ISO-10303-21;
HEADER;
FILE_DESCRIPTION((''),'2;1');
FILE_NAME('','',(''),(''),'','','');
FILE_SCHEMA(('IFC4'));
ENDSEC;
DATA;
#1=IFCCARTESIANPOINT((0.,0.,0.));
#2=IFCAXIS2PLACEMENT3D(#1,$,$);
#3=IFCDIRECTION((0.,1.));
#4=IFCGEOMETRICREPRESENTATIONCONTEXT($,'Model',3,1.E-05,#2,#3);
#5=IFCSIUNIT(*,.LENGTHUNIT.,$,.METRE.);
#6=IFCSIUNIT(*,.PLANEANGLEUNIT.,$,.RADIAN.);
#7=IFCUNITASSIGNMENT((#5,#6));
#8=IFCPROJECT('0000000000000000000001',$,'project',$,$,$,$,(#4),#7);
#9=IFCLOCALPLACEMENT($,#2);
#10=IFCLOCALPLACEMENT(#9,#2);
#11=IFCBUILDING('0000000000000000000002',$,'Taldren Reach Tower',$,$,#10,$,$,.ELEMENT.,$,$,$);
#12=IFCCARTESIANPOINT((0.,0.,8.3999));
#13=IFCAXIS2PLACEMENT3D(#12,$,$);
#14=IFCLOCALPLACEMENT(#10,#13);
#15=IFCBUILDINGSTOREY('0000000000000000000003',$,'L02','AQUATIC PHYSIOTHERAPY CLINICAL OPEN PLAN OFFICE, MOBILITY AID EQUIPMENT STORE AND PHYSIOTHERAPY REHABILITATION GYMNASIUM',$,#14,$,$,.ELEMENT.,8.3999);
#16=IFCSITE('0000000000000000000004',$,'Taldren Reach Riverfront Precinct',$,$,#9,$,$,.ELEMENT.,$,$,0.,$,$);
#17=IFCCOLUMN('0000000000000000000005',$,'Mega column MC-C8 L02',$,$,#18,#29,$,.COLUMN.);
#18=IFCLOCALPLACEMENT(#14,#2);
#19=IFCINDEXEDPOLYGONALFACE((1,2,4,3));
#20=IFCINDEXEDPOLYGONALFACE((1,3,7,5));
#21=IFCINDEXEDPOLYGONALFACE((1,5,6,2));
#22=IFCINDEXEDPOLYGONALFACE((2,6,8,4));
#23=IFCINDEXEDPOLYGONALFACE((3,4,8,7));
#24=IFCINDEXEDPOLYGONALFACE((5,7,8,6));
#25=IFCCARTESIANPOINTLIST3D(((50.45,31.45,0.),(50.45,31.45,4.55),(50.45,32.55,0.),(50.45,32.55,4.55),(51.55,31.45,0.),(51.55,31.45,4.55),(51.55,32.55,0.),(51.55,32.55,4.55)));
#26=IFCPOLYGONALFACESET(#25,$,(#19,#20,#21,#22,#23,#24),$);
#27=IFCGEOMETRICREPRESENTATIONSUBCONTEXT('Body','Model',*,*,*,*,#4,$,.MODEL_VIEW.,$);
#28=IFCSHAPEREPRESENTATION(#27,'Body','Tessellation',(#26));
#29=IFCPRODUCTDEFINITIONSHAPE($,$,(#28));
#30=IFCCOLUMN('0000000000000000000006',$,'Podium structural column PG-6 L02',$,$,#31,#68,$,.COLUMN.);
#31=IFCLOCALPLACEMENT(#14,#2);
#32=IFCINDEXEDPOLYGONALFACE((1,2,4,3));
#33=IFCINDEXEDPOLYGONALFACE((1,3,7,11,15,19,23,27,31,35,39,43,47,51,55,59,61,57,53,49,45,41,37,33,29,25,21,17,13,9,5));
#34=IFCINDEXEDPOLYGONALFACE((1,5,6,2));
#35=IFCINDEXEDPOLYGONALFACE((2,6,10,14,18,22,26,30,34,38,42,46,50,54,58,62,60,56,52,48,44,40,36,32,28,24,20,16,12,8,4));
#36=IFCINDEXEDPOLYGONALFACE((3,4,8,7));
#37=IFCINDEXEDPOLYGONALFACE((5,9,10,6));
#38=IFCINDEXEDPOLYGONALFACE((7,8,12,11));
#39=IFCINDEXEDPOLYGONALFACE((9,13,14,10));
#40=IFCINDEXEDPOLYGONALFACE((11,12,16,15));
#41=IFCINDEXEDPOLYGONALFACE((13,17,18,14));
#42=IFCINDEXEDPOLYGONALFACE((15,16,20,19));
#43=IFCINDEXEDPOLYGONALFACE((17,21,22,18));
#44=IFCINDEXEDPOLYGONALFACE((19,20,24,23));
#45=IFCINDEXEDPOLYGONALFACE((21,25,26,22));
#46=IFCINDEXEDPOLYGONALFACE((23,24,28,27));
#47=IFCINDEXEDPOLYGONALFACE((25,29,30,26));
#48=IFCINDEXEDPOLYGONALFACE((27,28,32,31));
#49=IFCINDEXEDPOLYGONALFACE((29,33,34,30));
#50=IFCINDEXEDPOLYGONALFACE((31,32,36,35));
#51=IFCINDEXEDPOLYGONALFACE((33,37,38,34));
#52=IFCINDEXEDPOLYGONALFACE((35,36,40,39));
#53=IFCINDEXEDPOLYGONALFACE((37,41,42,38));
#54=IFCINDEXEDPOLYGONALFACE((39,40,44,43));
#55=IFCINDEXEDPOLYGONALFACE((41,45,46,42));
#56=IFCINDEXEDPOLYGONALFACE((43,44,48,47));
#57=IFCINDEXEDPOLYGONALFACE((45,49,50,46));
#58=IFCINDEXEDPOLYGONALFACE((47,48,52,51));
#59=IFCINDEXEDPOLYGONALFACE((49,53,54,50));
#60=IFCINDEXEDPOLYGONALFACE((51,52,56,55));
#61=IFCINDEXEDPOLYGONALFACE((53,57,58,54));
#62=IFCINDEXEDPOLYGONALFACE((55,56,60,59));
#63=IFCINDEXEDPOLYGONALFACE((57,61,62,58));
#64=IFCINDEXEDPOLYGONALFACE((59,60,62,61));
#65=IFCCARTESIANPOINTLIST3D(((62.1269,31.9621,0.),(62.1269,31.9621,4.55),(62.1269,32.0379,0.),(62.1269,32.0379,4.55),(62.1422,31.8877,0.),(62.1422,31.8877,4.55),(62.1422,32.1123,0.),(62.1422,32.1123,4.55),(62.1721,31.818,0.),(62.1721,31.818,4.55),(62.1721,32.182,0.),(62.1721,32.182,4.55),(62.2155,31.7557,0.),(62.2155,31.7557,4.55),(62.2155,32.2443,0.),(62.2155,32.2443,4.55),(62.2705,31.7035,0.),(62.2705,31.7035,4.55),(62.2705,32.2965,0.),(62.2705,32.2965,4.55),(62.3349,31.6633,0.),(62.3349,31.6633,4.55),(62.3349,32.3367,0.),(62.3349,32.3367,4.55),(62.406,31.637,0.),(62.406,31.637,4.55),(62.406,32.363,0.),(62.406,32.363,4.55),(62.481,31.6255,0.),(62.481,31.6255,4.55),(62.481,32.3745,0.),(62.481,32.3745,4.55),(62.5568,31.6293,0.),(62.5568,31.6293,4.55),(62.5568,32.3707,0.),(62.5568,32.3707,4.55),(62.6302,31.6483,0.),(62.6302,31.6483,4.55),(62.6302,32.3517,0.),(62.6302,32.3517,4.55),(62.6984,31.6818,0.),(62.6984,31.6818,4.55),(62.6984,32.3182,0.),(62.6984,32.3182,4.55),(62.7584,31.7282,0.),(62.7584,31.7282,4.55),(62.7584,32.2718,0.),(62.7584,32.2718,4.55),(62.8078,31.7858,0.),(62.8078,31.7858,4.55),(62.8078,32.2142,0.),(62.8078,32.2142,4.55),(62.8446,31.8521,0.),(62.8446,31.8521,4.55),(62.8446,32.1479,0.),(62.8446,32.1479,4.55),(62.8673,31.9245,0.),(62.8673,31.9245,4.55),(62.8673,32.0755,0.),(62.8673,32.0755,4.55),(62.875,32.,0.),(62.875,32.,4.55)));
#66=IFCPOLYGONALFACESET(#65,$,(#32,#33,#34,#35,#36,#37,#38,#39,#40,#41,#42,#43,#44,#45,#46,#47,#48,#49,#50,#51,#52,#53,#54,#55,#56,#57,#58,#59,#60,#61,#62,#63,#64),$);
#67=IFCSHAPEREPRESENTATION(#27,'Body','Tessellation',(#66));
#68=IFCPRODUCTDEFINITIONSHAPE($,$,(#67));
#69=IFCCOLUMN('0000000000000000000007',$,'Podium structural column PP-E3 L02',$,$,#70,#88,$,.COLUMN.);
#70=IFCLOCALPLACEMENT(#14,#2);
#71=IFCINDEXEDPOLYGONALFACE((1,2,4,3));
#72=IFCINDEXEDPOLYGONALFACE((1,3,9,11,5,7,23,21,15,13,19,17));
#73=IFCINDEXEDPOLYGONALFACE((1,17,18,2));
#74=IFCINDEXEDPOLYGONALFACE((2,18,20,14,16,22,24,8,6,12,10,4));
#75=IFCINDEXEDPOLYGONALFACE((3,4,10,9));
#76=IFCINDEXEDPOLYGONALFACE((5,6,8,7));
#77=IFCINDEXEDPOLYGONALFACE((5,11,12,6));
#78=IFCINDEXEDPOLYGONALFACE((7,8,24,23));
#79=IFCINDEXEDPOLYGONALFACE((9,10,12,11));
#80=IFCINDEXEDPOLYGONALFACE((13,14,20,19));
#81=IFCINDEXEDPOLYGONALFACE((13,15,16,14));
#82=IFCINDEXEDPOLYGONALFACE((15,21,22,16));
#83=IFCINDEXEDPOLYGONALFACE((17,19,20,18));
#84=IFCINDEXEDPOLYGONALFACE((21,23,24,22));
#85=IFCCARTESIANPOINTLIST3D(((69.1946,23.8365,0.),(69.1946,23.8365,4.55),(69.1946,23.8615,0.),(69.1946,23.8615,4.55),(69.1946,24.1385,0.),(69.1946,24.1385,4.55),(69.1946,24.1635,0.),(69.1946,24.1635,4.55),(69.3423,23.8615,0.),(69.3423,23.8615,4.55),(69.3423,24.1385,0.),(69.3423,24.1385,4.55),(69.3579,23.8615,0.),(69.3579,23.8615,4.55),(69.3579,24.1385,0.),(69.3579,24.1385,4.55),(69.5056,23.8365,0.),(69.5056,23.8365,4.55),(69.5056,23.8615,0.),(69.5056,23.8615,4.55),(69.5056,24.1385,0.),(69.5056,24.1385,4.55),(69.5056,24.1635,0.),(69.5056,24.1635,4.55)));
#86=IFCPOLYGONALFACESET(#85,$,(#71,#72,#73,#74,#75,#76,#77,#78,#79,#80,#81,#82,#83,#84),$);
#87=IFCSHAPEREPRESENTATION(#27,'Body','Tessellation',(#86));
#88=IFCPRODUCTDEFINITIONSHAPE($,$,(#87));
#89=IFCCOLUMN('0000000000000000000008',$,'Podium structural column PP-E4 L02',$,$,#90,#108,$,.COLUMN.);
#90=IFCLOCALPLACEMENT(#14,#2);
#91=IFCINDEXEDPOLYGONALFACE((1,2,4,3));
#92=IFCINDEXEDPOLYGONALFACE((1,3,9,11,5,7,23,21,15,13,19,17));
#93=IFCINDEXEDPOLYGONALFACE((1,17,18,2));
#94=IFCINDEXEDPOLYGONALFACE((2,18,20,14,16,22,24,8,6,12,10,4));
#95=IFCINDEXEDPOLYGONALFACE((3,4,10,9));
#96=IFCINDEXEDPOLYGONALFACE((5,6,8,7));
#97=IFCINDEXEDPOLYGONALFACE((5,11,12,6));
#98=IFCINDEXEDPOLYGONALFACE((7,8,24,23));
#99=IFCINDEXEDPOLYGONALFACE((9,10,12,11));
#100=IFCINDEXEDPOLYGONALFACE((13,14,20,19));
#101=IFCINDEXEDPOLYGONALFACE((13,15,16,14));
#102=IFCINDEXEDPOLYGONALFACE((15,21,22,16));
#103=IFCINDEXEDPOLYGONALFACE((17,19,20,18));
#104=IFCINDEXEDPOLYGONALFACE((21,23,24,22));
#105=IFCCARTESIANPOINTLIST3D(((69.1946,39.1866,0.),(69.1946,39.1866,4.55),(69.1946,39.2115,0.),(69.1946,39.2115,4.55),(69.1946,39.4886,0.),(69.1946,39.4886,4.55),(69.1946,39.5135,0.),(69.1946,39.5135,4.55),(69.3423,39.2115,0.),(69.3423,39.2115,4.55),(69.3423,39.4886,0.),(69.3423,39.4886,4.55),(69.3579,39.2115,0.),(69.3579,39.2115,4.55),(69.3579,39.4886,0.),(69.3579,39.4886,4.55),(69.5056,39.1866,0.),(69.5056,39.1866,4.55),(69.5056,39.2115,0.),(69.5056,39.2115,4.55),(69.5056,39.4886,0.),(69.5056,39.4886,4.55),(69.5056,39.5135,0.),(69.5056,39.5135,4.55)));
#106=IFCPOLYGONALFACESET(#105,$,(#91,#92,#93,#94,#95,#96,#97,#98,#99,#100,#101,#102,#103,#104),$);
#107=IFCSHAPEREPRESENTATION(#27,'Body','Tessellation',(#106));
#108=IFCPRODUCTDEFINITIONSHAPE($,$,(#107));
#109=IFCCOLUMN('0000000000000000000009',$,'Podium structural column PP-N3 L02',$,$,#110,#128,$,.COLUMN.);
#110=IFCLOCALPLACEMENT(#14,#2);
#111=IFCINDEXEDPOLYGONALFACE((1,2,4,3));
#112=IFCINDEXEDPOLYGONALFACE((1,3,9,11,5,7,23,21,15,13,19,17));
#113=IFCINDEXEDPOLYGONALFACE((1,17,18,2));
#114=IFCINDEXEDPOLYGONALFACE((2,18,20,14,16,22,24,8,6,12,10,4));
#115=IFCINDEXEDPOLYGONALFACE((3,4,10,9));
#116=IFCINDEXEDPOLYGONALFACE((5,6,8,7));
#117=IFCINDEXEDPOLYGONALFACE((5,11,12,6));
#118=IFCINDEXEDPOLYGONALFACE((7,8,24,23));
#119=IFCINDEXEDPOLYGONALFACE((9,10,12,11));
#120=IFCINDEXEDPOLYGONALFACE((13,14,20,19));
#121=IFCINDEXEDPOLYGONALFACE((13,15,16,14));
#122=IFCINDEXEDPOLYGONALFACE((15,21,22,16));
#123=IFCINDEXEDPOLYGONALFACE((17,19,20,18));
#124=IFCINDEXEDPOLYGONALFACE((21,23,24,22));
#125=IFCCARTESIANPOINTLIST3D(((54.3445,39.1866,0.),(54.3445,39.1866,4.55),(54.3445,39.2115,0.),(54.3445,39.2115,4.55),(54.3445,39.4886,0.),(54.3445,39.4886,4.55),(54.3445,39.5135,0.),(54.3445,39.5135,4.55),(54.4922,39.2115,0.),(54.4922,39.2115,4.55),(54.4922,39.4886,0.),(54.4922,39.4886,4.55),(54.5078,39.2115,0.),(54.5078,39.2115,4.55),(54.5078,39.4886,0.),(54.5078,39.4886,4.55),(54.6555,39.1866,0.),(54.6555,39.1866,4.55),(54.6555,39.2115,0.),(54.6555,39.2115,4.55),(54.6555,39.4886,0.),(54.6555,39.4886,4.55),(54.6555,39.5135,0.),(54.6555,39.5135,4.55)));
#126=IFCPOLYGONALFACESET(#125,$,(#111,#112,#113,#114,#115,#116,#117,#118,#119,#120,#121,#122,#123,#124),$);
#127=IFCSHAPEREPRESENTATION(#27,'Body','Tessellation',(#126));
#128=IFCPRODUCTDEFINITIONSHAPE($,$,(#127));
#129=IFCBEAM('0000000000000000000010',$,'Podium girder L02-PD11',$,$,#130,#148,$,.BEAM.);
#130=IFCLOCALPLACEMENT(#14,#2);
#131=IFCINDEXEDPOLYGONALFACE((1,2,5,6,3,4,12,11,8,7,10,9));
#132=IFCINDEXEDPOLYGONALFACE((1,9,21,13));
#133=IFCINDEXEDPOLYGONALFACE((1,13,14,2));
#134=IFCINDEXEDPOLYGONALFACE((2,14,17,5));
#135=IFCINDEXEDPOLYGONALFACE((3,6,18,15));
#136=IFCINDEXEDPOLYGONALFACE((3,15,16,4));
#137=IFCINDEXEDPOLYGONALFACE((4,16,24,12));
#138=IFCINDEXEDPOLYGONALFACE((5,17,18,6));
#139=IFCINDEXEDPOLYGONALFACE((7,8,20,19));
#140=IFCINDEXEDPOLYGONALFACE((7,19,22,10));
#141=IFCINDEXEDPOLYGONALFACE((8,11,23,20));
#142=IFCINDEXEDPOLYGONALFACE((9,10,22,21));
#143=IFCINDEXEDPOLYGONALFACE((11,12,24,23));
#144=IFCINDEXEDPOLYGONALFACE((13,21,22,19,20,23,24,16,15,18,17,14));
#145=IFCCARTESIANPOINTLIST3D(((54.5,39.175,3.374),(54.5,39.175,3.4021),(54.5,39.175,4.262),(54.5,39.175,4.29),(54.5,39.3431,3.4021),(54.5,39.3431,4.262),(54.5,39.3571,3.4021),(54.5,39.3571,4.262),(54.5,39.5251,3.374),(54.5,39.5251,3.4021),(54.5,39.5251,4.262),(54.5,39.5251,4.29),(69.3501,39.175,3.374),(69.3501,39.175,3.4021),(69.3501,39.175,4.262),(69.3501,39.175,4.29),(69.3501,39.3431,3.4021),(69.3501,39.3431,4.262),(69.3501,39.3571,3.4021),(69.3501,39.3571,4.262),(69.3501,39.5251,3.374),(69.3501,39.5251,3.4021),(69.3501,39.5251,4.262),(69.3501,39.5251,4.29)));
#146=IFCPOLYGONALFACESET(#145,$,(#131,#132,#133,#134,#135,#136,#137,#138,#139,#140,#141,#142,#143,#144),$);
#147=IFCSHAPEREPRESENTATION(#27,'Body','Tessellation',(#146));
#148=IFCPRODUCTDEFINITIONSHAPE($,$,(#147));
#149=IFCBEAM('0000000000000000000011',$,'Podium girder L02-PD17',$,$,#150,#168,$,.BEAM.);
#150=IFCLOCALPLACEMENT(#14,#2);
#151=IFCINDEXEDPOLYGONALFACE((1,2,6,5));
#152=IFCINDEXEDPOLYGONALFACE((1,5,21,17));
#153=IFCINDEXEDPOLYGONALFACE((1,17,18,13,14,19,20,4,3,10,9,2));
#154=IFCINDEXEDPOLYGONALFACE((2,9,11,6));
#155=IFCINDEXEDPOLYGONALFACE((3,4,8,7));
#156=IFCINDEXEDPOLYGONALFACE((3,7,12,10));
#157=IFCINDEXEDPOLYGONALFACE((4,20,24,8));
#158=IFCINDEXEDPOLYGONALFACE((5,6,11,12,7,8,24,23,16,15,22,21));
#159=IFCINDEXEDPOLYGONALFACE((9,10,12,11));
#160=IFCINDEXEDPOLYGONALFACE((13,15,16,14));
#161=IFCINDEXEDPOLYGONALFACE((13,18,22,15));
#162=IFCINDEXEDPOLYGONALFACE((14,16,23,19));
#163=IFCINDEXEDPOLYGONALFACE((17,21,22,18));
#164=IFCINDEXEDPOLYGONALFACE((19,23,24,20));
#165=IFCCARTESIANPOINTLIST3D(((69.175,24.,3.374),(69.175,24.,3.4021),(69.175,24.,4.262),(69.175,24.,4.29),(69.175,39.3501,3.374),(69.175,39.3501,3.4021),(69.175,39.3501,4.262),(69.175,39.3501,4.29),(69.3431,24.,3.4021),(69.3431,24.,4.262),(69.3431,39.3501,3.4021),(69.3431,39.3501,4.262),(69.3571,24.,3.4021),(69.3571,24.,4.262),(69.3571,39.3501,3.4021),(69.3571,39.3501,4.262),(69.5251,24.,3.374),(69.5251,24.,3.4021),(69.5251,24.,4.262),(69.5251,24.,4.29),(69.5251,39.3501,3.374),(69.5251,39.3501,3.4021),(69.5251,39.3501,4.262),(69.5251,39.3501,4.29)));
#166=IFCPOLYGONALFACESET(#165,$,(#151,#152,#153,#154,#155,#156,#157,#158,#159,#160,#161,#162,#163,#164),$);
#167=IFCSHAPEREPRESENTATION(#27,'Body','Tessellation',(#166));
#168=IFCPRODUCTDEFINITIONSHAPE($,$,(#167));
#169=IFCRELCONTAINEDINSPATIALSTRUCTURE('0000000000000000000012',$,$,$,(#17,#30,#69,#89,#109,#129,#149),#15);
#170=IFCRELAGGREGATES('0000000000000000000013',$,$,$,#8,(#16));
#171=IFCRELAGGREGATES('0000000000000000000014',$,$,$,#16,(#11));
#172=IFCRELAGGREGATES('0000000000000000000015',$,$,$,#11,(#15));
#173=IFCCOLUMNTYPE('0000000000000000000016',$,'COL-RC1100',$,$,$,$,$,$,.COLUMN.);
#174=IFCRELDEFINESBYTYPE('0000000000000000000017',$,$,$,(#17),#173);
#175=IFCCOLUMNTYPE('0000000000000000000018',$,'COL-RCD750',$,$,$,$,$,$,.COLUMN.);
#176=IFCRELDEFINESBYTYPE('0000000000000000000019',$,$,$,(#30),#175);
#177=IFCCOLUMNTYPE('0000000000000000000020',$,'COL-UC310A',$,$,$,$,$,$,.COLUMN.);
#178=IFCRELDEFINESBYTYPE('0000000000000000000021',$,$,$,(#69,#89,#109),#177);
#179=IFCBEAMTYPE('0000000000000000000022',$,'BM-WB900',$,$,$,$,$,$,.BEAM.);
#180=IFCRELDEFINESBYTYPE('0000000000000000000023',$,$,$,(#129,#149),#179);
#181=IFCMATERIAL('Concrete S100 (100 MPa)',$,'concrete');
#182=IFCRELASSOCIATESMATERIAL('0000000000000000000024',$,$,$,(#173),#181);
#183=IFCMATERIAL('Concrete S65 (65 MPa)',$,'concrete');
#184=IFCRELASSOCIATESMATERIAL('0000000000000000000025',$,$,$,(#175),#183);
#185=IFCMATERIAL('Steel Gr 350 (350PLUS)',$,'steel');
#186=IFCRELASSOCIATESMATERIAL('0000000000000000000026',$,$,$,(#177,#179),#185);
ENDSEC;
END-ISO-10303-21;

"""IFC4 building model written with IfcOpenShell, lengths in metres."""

from ifc_helpers import new_model, si_unit, direction, frame, origin, origin_2d, place, context, subcontext, project, spatial, rectangle, circle, i_section, extrude, source, transform, mapped, material, material_profile, profile_set, type_object, element, save


model = new_model("IFC4")

# Units and contexts
model_context = context("Model", 3, precision=1e-05, world=origin(), true_north=direction((0.0, 1.0)))
body_context = subcontext(model_context, "Body", "Model", "MODEL_VIEW")
ifc_project = project(units=[si_unit("LENGTHUNIT", "METRE"), si_unit("PLANEANGLEUNIT", "RADIAN")], contexts=[model_context])

# Site, building, storey
site_placement = place(None, origin())
site = spatial("IfcSite", under=ifc_project, at=site_placement, Name="Taldren Reach Riverfront Precinct", CompositionType="ELEMENT", RefElevation=0.0)
building_placement = place(site_placement, origin())
building = spatial("IfcBuilding", under=site, at=building_placement, Name="Taldren Reach Tower", CompositionType="ELEMENT")
storey_placement = place(building_placement, frame((0.0, 0.0, 8.3999)))
storey = spatial("IfcBuildingStorey", under=building, at=storey_placement, Name="L02", Description="AQUATIC PHYSIOTHERAPY CLINICAL OPEN PLAN OFFICE, MOBILITY AID EQUIPMENT STORE AND PHYSIOTHERAPY REHABILITATION GYMNASIUM", CompositionType="ELEMENT", Elevation=8.3999)

# Columns
ifc_material_1 = material(Name="Concrete S100 (100 MPa)", Category="concrete")
ifc_material_profile_1 = material_profile(ifc_material_1, rectangle(XDim=1.1001, YDim=1.1001, at=origin_2d()), Name="RC-1100x1100")
ifc_profile_set_1 = profile_set([ifc_material_profile_1], Name="Concrete S100 (100 MPa)")
column_type_1 = type_object("IfcColumnType", Name="COL-RC1100", PredefinedType="COLUMN", material=ifc_profile_set_1)
shared_shape_1 = source(origin(), body_context, "Body", "SweptSolid", [
    extrude(rectangle(XDim=1.1001, YDim=1.1001, at=origin_2d()), origin(), (0.0, 0.0, 1.0), 4.55),
])
column_1_placement = place(storey_placement, frame((51.0, 32.0, 0.0), z_axis=(0.0, 0.0, 1.0), x_axis=(1.0, 0.0, 0.0)))
element("IfcColumn", 1, at=column_1_placement, inside=storey, type_object=column_type_1, Name="Mega column MC-C8 L02", PredefinedType="COLUMN", context=body_context, shape_type="MappedRepresentation", body=[
    mapped(shared_shape_1, transform((0.0, 0.0, 0.0), scale=1.0)),
])
ifc_material_2 = material(Name="Concrete S65 (65 MPa)", Category="concrete")
ifc_material_profile_2 = material_profile(ifc_material_2, circle(Radius=0.375, at=origin_2d()), Name="RC-750D")
ifc_profile_set_2 = profile_set([ifc_material_profile_2], Name="Concrete S65 (65 MPa)")
column_type_2 = type_object("IfcColumnType", Name="COL-RCD750", PredefinedType="COLUMN", material=ifc_profile_set_2)
shared_shape_2 = source(origin(), body_context, "Body", "SweptSolid", [
    extrude(circle(Radius=0.375, at=origin_2d()), origin(), (0.0, 0.0, 1.0), 4.55),
])
column_2_placement = place(storey_placement, frame((62.5, 32.0, 0.0), z_axis=(0.0, 0.0, 1.0), x_axis=(1.0, 0.0, 0.0)))
element("IfcColumn", 2, at=column_2_placement, inside=storey, type_object=column_type_2, Name="Podium structural column PG-6 L02", PredefinedType="COLUMN", context=body_context, shape_type="MappedRepresentation", body=[
    mapped(shared_shape_2, transform((0.0, 0.0, 0.0), scale=1.0)),
])
ifc_material_3 = material(Name="Steel Gr 350 (350PLUS)", Category="steel")
ifc_material_profile_3 = material_profile(ifc_material_3, i_section(OverallWidth=0.311, OverallDepth=0.3269, WebThickness=0.0156, FlangeThickness=0.0249, at=origin_2d()), Name="310UC158")
ifc_profile_set_3 = profile_set([ifc_material_profile_3], Name="Steel Gr 350 (350PLUS)")
column_type_3 = type_object("IfcColumnType", Name="COL-UC310A", PredefinedType="COLUMN", material=ifc_profile_set_3)
shared_shape_3 = source(origin(), body_context, "Body", "SweptSolid", [
    extrude(i_section(OverallWidth=0.311, OverallDepth=0.3269, WebThickness=0.0156, FlangeThickness=0.0249, at=origin_2d()), origin(), (0.0, 0.0, 1.0), 4.55),
])
for number, where, z_axis, x_axis, name in (
    (3, (69.3501, 24.0, 0.0), (0.0, 0.0, 1.0), (1.0, 0.0, 0.0), "Podium structural column PP-E3 L02"),
    (4, (69.3501, 39.3501, 0.0), (0.0, 0.0, 1.0), (1.0, 0.0, 0.0), "Podium structural column PP-E4 L02"),
    (5, (54.5, 39.3501, 0.0), (0.0, 0.0, 1.0), (1.0, 0.0, 0.0), "Podium structural column PP-N3 L02"),
):
    element("IfcColumn", number, at=place(storey_placement, frame(where, z_axis=z_axis, x_axis=x_axis)), inside=storey, type_object=column_type_3, Name=name, PredefinedType="COLUMN", context=body_context, shape_type="MappedRepresentation", body=[
        mapped(shared_shape_3, transform((0.0, 0.0, 0.0), scale=1.0)),
    ])

# Beams
ifc_material_profile_4 = material_profile(ifc_material_3, i_section(OverallWidth=0.3501, OverallDepth=0.916, WebThickness=0.0139, FlangeThickness=0.0281, at=origin_2d()), Name="900WB257")
ifc_profile_set_4 = profile_set([ifc_material_profile_4], Name="Steel Gr 350 (350PLUS)")
beam_type_1 = type_object("IfcBeamType", Name="BM-WB900", PredefinedType="BEAM", material=ifc_profile_set_4)
shared_shape_4 = source(origin(), body_context, "Body", "SweptSolid", [
    extrude(i_section(OverallWidth=0.3501, OverallDepth=0.916, WebThickness=0.0139, FlangeThickness=0.0281, at=origin_2d()), origin(), (0.0, 0.0, 1.0), 14.8501),
])
beam_1_placement = place(storey_placement, frame((54.5, 39.3501, 3.832), z_axis=(1.0, 0.0, 0.0), x_axis=(0.0, 1.0, 0.0)))
element("IfcBeam", 6, at=beam_1_placement, inside=storey, type_object=beam_type_1, Name="Podium girder L02-PD11", PredefinedType="BEAM", context=body_context, shape_type="MappedRepresentation", body=[
    mapped(shared_shape_4, transform((0.0, 0.0, 0.0), scale=1.0)),
])
shared_shape_5 = source(origin(), body_context, "Body", "SweptSolid", [
    extrude(i_section(OverallWidth=0.3501, OverallDepth=0.916, WebThickness=0.0139, FlangeThickness=0.0281, at=origin_2d()), origin(), (0.0, 0.0, 1.0), 15.3501),
])
beam_2_placement = place(storey_placement, frame((69.3501, 24.0, 3.832), z_axis=(0.0, 1.0, 0.0), x_axis=(-1.0, 0.0, 0.0)))
element("IfcBeam", 7, at=beam_2_placement, inside=storey, type_object=beam_type_1, Name="Podium girder L02-PD17", PredefinedType="BEAM", context=body_context, shape_type="MappedRepresentation", body=[
    mapped(shared_shape_5, transform((0.0, 0.0, 0.0), scale=1.0)),
])

save(model, "model.ifc")
